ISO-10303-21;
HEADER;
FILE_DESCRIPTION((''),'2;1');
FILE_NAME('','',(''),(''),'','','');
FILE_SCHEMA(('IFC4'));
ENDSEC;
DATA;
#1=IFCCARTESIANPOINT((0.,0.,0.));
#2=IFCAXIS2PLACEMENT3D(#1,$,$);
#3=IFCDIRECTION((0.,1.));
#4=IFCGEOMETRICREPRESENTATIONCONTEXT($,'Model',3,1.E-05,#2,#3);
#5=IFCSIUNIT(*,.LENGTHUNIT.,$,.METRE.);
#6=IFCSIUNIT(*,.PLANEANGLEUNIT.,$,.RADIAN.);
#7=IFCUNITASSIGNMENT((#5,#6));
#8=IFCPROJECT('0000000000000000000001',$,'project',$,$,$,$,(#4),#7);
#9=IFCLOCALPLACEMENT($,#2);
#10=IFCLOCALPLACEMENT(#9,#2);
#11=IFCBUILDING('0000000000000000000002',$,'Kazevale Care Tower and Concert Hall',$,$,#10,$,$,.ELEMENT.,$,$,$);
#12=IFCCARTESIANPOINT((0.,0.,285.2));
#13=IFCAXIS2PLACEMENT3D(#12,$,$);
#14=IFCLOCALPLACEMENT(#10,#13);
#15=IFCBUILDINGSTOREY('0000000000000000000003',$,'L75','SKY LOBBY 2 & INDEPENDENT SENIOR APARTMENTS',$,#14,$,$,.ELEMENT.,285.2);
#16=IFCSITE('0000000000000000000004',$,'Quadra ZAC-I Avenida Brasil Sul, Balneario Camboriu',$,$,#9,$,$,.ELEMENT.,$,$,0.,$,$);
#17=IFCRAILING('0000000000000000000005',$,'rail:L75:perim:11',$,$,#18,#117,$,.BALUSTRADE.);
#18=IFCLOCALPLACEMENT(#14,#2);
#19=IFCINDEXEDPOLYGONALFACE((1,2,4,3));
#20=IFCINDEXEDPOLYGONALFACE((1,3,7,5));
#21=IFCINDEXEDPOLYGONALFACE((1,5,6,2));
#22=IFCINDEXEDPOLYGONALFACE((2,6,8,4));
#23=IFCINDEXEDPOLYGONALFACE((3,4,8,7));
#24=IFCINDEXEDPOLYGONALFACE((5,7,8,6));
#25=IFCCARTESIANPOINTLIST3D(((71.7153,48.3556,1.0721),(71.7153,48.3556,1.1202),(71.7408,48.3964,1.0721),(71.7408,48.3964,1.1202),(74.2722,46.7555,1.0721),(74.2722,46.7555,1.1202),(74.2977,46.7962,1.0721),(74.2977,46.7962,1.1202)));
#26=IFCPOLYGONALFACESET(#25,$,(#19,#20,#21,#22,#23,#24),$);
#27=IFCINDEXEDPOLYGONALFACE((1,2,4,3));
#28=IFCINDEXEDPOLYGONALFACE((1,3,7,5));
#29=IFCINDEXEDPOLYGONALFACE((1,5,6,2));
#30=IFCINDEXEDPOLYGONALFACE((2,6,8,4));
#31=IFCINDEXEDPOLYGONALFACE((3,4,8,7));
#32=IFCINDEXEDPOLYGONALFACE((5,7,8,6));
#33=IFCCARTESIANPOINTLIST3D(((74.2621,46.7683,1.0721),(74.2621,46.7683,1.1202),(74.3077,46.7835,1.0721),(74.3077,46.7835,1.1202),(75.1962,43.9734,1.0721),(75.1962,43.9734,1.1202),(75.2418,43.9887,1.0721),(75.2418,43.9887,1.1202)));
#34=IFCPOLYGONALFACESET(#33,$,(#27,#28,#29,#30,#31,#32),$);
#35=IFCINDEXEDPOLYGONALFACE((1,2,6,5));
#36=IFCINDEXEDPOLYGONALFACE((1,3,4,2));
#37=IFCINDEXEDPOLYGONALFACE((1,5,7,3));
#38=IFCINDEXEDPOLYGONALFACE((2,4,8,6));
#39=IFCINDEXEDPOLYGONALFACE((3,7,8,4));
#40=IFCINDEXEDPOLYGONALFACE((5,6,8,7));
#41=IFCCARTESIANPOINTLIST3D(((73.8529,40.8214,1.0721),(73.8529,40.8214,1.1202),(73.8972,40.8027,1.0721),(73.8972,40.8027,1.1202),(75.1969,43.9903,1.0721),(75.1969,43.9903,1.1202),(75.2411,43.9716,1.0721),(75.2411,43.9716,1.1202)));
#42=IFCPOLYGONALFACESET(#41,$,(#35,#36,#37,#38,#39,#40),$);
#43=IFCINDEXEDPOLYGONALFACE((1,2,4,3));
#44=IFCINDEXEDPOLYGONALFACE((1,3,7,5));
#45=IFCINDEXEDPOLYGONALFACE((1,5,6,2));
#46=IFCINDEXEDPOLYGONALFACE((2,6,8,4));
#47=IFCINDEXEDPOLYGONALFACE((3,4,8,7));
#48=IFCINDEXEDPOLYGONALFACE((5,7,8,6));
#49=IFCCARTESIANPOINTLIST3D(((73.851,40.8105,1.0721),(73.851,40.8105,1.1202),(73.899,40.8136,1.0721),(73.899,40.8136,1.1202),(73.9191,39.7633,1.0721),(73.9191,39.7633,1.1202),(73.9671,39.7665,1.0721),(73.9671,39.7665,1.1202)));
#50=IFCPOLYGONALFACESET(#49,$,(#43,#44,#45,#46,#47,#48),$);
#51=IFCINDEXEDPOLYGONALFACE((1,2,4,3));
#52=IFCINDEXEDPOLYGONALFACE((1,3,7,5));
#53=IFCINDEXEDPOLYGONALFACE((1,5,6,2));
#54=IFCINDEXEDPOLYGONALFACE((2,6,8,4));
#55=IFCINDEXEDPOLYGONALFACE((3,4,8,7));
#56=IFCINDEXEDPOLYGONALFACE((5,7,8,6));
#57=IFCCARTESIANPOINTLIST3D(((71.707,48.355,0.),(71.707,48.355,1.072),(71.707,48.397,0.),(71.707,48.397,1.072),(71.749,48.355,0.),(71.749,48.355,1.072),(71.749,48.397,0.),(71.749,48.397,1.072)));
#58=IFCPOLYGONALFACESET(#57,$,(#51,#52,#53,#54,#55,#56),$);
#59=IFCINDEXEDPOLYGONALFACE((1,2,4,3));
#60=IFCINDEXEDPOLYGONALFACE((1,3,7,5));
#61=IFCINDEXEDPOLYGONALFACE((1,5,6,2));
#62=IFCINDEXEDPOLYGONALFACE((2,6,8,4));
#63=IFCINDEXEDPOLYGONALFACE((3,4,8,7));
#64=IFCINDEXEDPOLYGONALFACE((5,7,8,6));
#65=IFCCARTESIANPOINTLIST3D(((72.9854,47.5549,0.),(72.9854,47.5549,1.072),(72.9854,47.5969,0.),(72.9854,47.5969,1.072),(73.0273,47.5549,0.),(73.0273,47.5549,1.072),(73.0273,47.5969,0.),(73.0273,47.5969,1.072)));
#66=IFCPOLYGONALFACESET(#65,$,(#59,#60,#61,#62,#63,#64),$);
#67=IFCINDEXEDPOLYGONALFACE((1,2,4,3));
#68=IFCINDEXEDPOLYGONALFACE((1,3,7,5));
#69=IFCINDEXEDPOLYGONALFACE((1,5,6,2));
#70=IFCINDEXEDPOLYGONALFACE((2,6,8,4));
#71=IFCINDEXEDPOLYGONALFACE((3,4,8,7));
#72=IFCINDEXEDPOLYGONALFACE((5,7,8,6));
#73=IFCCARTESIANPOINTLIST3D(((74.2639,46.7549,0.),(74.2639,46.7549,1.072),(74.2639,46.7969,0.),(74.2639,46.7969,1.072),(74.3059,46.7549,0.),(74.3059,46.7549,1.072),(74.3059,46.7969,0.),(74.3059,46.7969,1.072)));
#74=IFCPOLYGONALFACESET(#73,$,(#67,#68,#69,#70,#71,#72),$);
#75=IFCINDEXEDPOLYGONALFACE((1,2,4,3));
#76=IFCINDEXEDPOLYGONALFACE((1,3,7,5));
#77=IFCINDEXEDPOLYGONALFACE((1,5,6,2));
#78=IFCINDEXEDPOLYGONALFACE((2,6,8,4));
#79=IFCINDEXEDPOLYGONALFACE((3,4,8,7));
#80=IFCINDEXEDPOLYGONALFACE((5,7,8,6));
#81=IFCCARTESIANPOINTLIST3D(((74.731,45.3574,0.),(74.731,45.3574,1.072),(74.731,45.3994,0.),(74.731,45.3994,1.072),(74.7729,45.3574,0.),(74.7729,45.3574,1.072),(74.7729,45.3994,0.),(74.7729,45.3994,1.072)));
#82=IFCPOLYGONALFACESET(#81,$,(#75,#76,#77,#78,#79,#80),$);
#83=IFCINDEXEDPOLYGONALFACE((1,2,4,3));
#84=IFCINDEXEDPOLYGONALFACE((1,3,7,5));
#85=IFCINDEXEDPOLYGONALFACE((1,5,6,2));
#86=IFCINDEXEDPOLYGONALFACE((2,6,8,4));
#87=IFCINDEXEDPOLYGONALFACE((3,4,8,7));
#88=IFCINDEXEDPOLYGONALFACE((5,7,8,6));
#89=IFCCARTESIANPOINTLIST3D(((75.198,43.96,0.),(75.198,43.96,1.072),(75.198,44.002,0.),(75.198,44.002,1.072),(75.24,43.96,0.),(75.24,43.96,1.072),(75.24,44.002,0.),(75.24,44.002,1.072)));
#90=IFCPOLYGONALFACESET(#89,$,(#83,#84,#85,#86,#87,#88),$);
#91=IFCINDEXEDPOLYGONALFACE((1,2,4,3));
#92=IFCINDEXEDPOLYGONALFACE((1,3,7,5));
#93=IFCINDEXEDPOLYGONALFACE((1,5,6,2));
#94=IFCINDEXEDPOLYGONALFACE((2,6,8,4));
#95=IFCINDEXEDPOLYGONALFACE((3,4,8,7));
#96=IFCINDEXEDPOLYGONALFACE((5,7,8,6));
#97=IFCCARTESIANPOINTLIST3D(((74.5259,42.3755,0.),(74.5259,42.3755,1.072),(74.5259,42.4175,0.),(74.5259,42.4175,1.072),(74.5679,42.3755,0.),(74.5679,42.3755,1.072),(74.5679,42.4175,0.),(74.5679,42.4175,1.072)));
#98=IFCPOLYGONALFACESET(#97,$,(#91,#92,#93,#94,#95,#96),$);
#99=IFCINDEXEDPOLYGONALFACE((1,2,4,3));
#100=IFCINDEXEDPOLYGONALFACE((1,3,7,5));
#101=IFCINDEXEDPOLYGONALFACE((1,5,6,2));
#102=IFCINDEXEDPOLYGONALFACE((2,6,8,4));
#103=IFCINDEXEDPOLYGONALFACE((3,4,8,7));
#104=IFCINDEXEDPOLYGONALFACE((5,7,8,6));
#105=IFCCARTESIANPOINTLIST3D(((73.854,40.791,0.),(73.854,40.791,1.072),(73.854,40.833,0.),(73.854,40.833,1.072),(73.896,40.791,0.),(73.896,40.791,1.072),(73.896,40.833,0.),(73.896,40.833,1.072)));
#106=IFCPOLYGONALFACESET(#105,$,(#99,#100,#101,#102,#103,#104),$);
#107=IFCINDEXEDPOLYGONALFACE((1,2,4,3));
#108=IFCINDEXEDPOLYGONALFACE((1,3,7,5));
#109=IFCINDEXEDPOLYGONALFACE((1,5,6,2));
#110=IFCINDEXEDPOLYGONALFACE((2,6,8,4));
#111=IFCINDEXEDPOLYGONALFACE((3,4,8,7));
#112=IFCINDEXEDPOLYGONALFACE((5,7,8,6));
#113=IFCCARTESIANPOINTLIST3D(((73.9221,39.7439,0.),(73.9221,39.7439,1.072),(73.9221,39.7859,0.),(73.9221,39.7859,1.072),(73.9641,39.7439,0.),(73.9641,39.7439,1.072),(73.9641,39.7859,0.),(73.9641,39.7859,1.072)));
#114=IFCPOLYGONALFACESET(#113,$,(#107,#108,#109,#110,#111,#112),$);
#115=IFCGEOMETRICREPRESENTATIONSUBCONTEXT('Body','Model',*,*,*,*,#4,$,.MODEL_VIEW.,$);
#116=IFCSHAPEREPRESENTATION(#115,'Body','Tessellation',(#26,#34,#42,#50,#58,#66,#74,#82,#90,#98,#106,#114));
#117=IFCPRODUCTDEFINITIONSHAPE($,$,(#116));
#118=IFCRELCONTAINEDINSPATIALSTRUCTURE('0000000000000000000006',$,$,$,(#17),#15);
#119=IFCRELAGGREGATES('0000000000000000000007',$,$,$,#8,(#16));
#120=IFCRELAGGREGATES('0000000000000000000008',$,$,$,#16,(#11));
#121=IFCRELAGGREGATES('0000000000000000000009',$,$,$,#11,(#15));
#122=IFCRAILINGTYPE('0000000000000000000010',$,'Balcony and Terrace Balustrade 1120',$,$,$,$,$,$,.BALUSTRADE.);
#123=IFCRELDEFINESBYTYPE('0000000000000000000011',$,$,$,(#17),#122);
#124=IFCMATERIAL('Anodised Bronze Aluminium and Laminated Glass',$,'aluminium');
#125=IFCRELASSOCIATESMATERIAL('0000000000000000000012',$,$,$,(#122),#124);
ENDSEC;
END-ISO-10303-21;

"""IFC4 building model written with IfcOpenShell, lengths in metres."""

from ifc_helpers import new_model, si_unit, direction, frame, origin, origin_2d, place, context, subcontext, project, spatial, rectangle, extrude, material, type_object, element, save


model = new_model("IFC4")

# Units and contexts
model_context = context("Model", 3, precision=1e-05, world=origin(), true_north=direction((0.0, 1.0)))
body_context = subcontext(model_context, "Body", "Model", "MODEL_VIEW")
ifc_project = project(units=[si_unit("LENGTHUNIT", "METRE"), si_unit("PLANEANGLEUNIT", "RADIAN")], contexts=[model_context])

# Site, building, storey
site_placement = place(None, origin())
site = spatial("IfcSite", under=ifc_project, at=site_placement, Name="Quadra ZAC-I Avenida Brasil Sul, Balneario Camboriu", CompositionType="ELEMENT", RefElevation=0.0)
building_placement = place(site_placement, origin())
building = spatial("IfcBuilding", under=site, at=building_placement, Name="Kazevale Care Tower and Concert Hall", CompositionType="ELEMENT")
storey_placement = place(building_placement, frame((0.0, 0.0, 285.2)))
storey = spatial("IfcBuildingStorey", under=building, at=storey_placement, Name="L75", Description="SKY LOBBY 2 & INDEPENDENT SENIOR APARTMENTS", CompositionType="ELEMENT", Elevation=285.2)

# Railing
ifc_material_1 = material(Name="Anodised Bronze Aluminium and Laminated Glass", Category="aluminium")
railing_type = type_object("IfcRailingType", Name="Balcony and Terrace Balustrade 1120", PredefinedType="BALUSTRADE", material=ifc_material_1)
railing_1_placement = place(storey_placement, frame((71.728, 48.376, 0.0)))
element("IfcRailing", 1, at=railing_1_placement, inside=storey, type_object=railing_type, Name="rail:L75:perim:11", PredefinedType="BALUSTRADE", context=body_context, shape_type="SweptSolid", body=[
    extrude(rectangle(XDim=0.0481, YDim=0.0481, at=origin_2d()), frame((0.0, 0.0, 1.0962), z_axis=(0.847693, -0.530486, 0.0), x_axis=(0.530486, 0.847693, 0.0)), (0.0, 0.0, 1.0), 3.0164),
    extrude(rectangle(XDim=0.0481, YDim=0.0481, at=origin_2d()), frame((2.5569, -1.6001, 1.0962), z_axis=(0.316973, -0.948434, 0.0), x_axis=(0.948434, 0.316973, 0.0)), (0.0, 0.0, 1.0), 2.9468),
    extrude(rectangle(XDim=0.0481, YDim=0.0481, at=origin_2d()), frame((3.491, -4.395, 1.0962), z_axis=(-0.39045, -0.920624, 0.0), x_axis=(0.920624, -0.39045, 0.0)), (0.0, 0.0, 1.0), 3.4421),
    extrude(rectangle(XDim=0.0481, YDim=0.0481, at=origin_2d()), frame((2.147, -7.564, 1.0962), z_axis=(0.064913, -0.997891, 0.0), x_axis=(0.997891, 0.064913, 0.0)), (0.0, 0.0, 1.0), 1.0493),
    extrude(rectangle(XDim=0.042, YDim=0.042, at=origin_2d()), origin(), (0.0, 0.0, 1.0), 1.072),
    extrude(rectangle(XDim=0.042, YDim=0.042, at=origin_2d()), frame((1.2783, -0.8, 0.0)), (0.0, 0.0, 1.0), 1.072),
    extrude(rectangle(XDim=0.042, YDim=0.042, at=origin_2d()), frame((2.5569, -1.6001, 0.0)), (0.0, 0.0, 1.0), 1.072),
    extrude(rectangle(XDim=0.042, YDim=0.042, at=origin_2d()), frame((3.0239, -2.9976, 0.0)), (0.0, 0.0, 1.0), 1.072),
    extrude(rectangle(XDim=0.042, YDim=0.042, at=origin_2d()), frame((3.491, -4.395, 0.0)), (0.0, 0.0, 1.0), 1.072),
    extrude(rectangle(XDim=0.042, YDim=0.042, at=origin_2d()), frame((2.8188, -5.9795, 0.0)), (0.0, 0.0, 1.0), 1.072),
    extrude(rectangle(XDim=0.042, YDim=0.042, at=origin_2d()), frame((2.147, -7.564, 0.0)), (0.0, 0.0, 1.0), 1.072),
    extrude(rectangle(XDim=0.042, YDim=0.042, at=origin_2d()), frame((2.2151, -8.6111, 0.0)), (0.0, 0.0, 1.0), 1.072),
])

save(model, "model.ifc")
